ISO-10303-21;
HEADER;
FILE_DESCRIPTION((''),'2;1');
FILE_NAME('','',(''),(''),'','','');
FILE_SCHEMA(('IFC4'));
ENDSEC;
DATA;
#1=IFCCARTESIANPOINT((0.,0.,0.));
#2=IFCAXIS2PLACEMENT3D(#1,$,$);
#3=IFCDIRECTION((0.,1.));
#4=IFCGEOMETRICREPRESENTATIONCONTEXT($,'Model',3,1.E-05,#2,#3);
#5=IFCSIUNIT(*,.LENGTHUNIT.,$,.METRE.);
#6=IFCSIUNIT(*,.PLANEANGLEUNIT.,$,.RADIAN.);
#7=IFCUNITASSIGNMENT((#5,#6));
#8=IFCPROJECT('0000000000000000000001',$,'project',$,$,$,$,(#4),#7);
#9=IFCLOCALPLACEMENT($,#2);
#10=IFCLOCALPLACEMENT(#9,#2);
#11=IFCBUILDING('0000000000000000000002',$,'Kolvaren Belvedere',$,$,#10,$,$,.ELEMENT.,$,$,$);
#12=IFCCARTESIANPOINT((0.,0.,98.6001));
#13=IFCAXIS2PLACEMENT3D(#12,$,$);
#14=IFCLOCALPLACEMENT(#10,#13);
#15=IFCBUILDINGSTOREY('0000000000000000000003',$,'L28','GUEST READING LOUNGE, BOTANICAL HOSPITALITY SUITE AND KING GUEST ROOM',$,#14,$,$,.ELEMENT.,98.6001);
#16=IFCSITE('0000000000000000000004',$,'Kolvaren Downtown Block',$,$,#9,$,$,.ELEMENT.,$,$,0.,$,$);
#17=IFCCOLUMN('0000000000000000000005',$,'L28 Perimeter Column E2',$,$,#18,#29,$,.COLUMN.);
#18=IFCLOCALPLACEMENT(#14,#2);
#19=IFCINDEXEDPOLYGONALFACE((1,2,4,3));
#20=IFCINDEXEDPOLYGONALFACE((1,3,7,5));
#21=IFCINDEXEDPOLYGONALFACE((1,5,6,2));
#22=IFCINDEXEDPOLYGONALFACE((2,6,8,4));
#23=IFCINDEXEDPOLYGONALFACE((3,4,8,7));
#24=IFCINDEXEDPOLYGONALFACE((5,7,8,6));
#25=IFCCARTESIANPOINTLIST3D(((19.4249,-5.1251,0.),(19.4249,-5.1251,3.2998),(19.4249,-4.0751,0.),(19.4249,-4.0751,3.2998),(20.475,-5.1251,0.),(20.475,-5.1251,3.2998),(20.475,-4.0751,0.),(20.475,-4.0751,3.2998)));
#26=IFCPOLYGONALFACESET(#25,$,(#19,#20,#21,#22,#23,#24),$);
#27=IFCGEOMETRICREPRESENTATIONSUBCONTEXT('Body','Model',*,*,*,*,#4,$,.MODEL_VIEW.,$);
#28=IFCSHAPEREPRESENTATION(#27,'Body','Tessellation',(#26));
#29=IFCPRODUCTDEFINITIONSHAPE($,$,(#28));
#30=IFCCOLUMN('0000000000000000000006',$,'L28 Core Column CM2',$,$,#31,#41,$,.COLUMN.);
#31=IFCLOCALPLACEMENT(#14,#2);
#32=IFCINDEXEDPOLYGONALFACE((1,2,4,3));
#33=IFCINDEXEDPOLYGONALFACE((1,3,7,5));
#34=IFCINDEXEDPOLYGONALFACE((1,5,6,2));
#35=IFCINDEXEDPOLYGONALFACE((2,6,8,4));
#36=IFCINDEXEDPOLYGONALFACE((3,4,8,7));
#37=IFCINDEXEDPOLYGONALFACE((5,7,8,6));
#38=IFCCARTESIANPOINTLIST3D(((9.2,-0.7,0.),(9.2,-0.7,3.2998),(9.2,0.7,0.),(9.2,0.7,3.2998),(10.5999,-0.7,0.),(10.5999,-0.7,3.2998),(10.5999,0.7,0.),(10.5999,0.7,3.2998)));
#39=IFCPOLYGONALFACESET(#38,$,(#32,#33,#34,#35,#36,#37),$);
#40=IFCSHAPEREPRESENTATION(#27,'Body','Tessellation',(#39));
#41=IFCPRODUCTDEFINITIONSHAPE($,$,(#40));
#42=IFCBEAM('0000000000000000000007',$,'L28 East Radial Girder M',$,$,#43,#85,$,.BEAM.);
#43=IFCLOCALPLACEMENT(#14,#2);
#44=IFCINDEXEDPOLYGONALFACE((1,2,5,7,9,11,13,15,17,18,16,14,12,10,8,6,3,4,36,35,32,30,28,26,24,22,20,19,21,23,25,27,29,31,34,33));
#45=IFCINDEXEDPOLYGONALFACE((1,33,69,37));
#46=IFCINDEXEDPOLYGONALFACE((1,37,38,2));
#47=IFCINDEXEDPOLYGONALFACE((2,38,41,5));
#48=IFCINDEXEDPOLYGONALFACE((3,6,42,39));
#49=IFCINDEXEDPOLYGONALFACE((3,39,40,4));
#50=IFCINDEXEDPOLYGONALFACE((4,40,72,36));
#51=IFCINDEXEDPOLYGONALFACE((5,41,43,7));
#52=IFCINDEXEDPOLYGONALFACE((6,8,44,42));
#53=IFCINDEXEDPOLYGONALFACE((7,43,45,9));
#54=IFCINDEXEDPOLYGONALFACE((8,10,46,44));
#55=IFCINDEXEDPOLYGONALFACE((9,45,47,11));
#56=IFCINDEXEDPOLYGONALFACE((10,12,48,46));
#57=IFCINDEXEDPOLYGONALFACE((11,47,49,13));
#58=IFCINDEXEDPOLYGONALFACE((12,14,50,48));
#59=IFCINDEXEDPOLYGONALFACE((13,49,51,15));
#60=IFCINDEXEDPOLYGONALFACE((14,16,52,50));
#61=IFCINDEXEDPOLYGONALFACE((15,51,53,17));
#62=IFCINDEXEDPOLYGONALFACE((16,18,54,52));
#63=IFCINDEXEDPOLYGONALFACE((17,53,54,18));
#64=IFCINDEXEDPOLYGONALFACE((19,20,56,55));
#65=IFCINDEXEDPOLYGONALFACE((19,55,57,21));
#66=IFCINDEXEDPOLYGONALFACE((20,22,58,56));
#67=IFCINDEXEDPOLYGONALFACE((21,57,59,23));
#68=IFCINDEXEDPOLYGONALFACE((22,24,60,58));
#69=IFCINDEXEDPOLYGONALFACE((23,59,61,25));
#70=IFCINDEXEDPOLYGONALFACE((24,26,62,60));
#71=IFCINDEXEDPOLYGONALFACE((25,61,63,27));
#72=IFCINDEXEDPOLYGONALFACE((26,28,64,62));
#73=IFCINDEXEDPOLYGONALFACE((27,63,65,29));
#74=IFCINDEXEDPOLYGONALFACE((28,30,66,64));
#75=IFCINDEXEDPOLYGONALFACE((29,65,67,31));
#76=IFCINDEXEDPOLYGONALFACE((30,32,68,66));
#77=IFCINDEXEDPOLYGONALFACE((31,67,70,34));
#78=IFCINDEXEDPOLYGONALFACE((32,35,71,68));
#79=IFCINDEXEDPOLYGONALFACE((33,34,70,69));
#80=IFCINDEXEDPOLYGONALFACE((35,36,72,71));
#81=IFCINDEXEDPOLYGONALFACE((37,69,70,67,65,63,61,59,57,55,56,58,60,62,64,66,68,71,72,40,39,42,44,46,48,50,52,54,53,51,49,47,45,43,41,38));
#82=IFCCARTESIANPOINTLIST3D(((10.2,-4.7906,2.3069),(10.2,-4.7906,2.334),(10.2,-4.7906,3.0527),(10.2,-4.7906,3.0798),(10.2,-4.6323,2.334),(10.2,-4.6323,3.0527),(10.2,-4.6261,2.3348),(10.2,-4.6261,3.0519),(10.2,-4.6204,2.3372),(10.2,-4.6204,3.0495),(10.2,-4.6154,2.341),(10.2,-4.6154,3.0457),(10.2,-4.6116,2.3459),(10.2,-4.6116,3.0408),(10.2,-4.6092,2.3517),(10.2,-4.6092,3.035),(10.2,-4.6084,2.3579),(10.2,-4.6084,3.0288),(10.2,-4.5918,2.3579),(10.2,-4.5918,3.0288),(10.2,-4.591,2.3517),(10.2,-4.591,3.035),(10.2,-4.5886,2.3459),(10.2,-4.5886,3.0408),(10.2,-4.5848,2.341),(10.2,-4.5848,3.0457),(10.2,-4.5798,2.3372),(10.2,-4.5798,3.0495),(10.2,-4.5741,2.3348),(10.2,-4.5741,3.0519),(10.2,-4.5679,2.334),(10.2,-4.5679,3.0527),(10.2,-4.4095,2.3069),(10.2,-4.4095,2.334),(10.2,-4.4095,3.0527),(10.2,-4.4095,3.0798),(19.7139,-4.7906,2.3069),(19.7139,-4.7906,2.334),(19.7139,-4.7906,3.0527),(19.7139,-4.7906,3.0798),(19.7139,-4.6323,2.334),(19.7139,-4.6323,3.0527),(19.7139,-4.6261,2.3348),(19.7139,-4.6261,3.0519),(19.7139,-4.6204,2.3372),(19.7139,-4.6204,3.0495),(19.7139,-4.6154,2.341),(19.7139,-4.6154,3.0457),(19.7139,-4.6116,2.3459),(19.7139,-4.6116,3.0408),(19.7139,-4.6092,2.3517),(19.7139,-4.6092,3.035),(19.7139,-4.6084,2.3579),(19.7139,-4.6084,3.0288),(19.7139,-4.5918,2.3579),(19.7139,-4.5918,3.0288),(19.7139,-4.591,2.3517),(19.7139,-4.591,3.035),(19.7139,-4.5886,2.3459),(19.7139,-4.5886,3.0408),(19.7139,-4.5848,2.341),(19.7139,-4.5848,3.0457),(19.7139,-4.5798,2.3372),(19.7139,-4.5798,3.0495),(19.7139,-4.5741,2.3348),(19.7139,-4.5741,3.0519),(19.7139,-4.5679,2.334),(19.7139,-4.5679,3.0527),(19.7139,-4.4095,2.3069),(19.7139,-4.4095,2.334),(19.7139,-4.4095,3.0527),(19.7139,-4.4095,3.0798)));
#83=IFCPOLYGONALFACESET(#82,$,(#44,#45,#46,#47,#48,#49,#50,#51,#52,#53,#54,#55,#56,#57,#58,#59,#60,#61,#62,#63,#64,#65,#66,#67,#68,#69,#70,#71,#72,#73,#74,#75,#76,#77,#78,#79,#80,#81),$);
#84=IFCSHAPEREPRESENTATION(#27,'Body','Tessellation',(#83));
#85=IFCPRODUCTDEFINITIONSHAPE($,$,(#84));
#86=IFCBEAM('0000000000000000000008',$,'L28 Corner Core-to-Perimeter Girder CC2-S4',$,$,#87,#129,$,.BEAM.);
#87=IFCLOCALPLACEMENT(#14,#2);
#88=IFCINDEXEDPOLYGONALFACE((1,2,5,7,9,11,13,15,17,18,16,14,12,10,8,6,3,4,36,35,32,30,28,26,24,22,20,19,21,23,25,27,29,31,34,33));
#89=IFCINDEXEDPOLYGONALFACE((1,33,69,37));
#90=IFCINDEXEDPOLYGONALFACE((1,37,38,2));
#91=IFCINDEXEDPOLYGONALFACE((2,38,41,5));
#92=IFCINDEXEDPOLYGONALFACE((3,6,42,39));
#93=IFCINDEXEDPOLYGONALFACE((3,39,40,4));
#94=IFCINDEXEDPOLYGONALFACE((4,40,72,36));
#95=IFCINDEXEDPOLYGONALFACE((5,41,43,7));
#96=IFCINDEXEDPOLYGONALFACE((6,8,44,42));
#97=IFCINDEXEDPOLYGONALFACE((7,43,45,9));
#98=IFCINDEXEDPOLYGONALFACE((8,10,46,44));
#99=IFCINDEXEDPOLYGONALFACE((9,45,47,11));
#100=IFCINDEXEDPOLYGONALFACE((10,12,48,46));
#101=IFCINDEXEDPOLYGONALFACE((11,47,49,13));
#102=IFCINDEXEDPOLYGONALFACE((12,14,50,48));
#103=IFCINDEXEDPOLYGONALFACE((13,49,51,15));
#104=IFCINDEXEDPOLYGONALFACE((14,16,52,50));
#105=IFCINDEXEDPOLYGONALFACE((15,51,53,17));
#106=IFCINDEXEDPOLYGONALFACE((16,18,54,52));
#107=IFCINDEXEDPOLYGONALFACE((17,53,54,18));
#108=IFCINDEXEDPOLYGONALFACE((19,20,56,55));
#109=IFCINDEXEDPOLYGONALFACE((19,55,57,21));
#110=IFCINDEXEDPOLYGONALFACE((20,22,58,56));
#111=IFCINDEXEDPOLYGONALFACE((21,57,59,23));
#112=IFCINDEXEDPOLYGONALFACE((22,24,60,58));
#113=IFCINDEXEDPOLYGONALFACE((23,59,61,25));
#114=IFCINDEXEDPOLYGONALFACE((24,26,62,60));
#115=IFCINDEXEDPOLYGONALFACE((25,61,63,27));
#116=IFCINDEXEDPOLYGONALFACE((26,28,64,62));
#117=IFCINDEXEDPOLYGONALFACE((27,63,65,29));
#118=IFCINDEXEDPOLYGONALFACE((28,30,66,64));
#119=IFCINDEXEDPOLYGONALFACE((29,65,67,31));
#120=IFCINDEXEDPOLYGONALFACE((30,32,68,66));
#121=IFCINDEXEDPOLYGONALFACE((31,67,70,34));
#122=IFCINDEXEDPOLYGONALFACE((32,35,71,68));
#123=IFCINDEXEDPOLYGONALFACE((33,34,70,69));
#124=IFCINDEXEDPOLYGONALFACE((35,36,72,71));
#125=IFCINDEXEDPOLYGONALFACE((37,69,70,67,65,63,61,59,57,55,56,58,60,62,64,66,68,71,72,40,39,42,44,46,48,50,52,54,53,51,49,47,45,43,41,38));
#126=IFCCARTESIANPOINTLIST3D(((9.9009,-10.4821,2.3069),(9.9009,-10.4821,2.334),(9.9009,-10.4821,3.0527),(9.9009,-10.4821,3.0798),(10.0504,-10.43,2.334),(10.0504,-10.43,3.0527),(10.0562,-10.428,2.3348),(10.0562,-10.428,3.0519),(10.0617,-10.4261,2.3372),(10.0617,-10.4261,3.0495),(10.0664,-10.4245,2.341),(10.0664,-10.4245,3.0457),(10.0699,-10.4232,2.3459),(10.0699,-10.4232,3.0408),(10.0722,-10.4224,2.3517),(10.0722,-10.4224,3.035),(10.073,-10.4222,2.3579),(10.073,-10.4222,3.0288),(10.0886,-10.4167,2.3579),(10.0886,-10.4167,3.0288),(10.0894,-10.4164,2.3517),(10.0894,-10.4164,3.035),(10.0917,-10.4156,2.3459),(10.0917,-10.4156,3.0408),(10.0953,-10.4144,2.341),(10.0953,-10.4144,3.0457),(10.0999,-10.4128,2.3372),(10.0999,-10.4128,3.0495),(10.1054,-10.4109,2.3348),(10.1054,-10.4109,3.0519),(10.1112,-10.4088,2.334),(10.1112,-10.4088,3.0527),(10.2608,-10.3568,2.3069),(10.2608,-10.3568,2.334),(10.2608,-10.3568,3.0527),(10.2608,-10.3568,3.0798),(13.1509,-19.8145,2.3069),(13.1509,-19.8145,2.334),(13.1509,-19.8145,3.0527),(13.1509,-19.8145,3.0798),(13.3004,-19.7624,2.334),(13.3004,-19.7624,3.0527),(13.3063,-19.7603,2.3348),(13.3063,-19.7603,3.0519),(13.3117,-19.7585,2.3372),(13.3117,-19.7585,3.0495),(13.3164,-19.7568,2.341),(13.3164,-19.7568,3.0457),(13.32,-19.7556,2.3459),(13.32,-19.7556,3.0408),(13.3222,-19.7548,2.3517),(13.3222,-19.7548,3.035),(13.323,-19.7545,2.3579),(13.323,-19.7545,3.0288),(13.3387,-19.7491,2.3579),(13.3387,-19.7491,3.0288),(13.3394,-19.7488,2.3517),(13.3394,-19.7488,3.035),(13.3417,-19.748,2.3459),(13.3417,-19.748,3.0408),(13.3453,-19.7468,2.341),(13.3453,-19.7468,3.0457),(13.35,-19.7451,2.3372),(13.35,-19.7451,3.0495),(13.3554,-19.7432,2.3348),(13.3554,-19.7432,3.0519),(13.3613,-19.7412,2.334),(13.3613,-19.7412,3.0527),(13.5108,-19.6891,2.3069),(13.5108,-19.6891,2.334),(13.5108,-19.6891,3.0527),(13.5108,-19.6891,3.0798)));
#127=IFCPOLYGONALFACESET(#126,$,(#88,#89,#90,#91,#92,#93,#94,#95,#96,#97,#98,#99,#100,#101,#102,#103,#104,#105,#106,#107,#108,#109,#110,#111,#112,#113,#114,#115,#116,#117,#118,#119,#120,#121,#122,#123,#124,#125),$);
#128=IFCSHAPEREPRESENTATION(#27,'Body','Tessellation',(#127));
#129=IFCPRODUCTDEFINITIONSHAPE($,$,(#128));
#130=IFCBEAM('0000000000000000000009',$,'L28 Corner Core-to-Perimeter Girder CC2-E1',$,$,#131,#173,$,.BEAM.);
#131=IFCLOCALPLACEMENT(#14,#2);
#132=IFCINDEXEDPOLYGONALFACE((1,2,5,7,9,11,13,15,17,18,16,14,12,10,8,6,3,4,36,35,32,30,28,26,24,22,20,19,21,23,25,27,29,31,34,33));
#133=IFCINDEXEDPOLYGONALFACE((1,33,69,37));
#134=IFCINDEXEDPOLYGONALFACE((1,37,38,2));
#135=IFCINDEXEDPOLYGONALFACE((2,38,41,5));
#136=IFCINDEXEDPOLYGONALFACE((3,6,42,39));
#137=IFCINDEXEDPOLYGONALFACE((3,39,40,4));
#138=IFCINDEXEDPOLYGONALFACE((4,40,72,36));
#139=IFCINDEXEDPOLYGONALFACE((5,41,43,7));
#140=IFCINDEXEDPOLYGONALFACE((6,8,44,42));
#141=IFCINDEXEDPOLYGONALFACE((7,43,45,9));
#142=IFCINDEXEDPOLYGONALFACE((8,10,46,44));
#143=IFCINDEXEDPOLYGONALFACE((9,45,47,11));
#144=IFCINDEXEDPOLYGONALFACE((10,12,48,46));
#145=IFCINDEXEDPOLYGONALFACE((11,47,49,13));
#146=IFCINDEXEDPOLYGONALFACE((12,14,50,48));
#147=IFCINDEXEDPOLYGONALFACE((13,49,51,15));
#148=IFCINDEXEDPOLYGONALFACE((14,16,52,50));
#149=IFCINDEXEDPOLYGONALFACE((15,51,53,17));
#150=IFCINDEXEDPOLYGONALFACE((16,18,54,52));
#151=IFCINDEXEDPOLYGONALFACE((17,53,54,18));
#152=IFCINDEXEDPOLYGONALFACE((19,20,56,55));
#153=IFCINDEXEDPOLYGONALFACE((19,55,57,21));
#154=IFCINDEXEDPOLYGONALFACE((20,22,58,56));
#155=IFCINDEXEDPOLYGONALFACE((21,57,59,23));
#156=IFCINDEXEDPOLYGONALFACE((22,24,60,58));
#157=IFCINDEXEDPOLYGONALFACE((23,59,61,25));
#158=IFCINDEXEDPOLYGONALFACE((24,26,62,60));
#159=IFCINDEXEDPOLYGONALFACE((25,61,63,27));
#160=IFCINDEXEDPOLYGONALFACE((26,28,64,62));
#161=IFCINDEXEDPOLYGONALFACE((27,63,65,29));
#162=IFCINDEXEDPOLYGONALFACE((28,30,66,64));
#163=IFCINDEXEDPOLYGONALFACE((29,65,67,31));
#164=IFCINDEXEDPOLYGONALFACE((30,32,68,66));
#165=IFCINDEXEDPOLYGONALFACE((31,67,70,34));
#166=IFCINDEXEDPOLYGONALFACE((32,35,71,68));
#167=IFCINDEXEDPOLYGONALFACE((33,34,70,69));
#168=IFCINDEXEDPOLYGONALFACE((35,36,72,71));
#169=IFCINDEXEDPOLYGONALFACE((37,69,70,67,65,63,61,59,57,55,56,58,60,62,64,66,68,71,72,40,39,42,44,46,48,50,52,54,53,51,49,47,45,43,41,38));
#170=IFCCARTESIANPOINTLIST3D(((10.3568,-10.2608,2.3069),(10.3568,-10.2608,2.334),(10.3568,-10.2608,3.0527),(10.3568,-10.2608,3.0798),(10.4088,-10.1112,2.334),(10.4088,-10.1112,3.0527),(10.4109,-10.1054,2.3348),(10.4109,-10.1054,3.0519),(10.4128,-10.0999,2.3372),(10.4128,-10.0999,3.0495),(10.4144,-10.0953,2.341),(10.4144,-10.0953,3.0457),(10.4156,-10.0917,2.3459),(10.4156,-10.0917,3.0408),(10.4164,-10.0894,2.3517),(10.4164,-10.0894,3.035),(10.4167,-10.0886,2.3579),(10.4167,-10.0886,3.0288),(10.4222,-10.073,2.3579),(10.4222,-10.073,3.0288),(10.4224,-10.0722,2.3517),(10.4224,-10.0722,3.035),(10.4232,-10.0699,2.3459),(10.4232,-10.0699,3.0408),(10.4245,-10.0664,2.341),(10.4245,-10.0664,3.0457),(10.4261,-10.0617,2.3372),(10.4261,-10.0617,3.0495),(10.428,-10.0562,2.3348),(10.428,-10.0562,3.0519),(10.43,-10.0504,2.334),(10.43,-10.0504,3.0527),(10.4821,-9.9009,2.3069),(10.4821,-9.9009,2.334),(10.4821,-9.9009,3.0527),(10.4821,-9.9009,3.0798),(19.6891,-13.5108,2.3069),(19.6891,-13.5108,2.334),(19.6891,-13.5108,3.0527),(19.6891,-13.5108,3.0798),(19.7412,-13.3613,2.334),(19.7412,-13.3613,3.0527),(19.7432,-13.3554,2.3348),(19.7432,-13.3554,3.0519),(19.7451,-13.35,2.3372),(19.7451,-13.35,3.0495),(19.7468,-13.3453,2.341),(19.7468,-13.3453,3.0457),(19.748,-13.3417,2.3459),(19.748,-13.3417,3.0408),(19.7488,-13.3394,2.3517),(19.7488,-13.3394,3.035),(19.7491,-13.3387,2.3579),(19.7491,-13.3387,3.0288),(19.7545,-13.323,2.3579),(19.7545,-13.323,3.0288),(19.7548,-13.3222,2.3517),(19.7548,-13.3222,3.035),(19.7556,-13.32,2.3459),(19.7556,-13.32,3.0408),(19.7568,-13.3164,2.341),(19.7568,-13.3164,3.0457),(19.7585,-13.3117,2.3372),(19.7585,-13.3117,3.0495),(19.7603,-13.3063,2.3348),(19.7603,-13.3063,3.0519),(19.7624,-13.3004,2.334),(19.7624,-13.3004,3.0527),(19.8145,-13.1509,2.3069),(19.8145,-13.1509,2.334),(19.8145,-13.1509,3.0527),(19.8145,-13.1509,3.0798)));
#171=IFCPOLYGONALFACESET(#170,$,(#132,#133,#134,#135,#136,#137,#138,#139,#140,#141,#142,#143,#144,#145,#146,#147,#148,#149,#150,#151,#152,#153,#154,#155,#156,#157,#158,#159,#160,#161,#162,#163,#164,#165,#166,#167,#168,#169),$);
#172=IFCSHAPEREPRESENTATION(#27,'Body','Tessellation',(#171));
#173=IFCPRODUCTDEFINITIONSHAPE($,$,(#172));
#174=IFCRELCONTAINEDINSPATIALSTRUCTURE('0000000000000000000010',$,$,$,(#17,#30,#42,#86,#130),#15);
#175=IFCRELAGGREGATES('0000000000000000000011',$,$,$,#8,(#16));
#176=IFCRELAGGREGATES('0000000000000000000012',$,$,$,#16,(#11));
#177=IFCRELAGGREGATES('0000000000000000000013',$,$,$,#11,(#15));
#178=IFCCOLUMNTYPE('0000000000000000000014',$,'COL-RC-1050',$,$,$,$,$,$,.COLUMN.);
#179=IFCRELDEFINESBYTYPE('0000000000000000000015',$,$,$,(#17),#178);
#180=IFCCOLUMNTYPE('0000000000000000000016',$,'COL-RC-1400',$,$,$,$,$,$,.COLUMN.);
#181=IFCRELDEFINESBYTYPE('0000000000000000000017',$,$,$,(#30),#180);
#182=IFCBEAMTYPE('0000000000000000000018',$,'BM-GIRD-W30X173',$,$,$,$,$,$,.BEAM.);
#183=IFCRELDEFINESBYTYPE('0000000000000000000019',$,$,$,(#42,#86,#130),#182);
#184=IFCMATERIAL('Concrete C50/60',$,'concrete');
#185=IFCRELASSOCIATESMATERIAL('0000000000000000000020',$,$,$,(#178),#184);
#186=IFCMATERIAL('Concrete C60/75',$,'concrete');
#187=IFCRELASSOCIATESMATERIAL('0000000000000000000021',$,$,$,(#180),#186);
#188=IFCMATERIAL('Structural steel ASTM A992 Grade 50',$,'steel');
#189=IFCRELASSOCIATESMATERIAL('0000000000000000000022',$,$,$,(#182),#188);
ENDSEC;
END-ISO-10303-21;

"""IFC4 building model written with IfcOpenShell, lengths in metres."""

from ifc_helpers import new_model, si_unit, direction, frame, origin, origin_2d, place, context, subcontext, project, spatial, rectangle, i_section, extrude, material, material_profile, profile_set, type_object, element, save


model = new_model("IFC4")

# Units and contexts
model_context = context("Model", 3, precision=1e-05, world=origin(), true_north=direction((0.0, 1.0)))
body_context = subcontext(model_context, "Body", "Model", "MODEL_VIEW")
ifc_project = project(units=[si_unit("LENGTHUNIT", "METRE"), si_unit("PLANEANGLEUNIT", "RADIAN")], contexts=[model_context])

# Site, building, storey
site_placement = place(None, origin())
site = spatial("IfcSite", under=ifc_project, at=site_placement, Name="Kolvaren Downtown Block", CompositionType="ELEMENT", RefElevation=0.0)
building_placement = place(site_placement, origin())
building = spatial("IfcBuilding", under=site, at=building_placement, Name="Kolvaren Belvedere", CompositionType="ELEMENT")
storey_placement = place(building_placement, frame((0.0, 0.0, 98.6001)))
storey = spatial("IfcBuildingStorey", under=building, at=storey_placement, Name="L28", Description="GUEST READING LOUNGE, BOTANICAL HOSPITALITY SUITE AND KING GUEST ROOM", CompositionType="ELEMENT", Elevation=98.6001)

# Columns
ifc_material_1 = material(Name="Concrete C50/60", Category="concrete")
ifc_material_profile_1 = material_profile(ifc_material_1, rectangle(XDim=1.05, YDim=1.05, at=origin_2d()), Name="RC 1050X1050")
ifc_profile_set_1 = profile_set([ifc_material_profile_1], Name="Concrete C50/60")
column_type_1 = type_object("IfcColumnType", Name="COL-RC-1050", PredefinedType="COLUMN", material=ifc_profile_set_1)
column_1_placement = place(storey_placement, frame((19.95, -4.6001, 0.0), z_axis=(0.0, 0.0, 1.0), x_axis=(1.0, 0.0, 0.0)))
element("IfcColumn", 1, at=column_1_placement, inside=storey, type_object=column_type_1, Name="L28 Perimeter Column E2", PredefinedType="COLUMN", context=body_context, shape_type="SweptSolid", body=[
    extrude(rectangle(XDim=1.05, YDim=1.05, at=origin_2d()), origin(), (0.0, 0.0, 1.0), 3.2998),
])
ifc_material_2 = material(Name="Concrete C60/75", Category="concrete")
ifc_material_profile_2 = material_profile(ifc_material_2, rectangle(XDim=1.3999, YDim=1.3999, at=origin_2d()), Name="RC 1400X1400")
ifc_profile_set_2 = profile_set([ifc_material_profile_2], Name="Concrete C60/75")
column_type_2 = type_object("IfcColumnType", Name="COL-RC-1400", PredefinedType="COLUMN", material=ifc_profile_set_2)
column_2_placement = place(storey_placement, frame((9.8999, 0.0, 0.0), z_axis=(0.0, 0.0, 1.0), x_axis=(1.0, 0.0, 0.0)))
element("IfcColumn", 2, at=column_2_placement, inside=storey, type_object=column_type_2, Name="L28 Core Column CM2", PredefinedType="COLUMN", context=body_context, shape_type="SweptSolid", body=[
    extrude(rectangle(XDim=1.3999, YDim=1.3999, at=origin_2d()), origin(), (0.0, 0.0, 1.0), 3.2998),
])

# Beams
ifc_material_3 = material(Name="Structural steel ASTM A992 Grade 50", Category="steel")
ifc_material_profile_3 = material_profile(ifc_material_3, i_section(OverallWidth=0.3811, OverallDepth=0.7729, WebThickness=0.0166, FlangeThickness=0.0271, FilletRadius=0.0239, at=origin_2d()), Name="W30X173")
ifc_profile_set_3 = profile_set([ifc_material_profile_3], Name="Structural steel ASTM A992 Grade 50")
beam_type_1 = type_object("IfcBeamType", Name="BM-GIRD-W30X173", PredefinedType="BEAM", material=ifc_profile_set_3)
beam_1_placement = place(storey_placement, frame((10.2, -4.6001, 2.6934), z_axis=(1.0, 0.0, 0.0), x_axis=(0.0, 1.0, 0.0)))
element("IfcBeam", 3, at=beam_1_placement, inside=storey, type_object=beam_type_1, Name="L28 East Radial Girder M", PredefinedType="BEAM", context=body_context, shape_type="SweptSolid", body=[
    extrude(i_section(OverallWidth=0.3811, OverallDepth=0.7729, WebThickness=0.0166, FlangeThickness=0.0271, FilletRadius=0.0239, at=origin_2d()), origin(), (0.0, 0.0, 1.0), 9.5139),
])
for number, where, z_axis, x_axis, name in (
    (4, (10.0808, -10.4194, 2.6934), (0.328881, -0.944371, 0.0), (0.944371, 0.328881, 0.0), "L28 Corner Core-to-Perimeter Girder CC2-S4"),
    (5, (10.4194, -10.0808, 2.6934), (0.944371, -0.328881, 0.0), (0.328881, 0.944371, 0.0), "L28 Corner Core-to-Perimeter Girder CC2-E1"),
):
    element("IfcBeam", number, at=place(storey_placement, frame(where, z_axis=z_axis, x_axis=x_axis)), inside=storey, type_object=beam_type_1, Name=name, PredefinedType="BEAM", context=body_context, shape_type="SweptSolid", body=[
        extrude(i_section(OverallWidth=0.3811, OverallDepth=0.7729, WebThickness=0.0166, FlangeThickness=0.0271, FilletRadius=0.0239, at=origin_2d()), origin(), (0.0, 0.0, 1.0), 9.8821),
    ])

save(model, "model.ifc")
